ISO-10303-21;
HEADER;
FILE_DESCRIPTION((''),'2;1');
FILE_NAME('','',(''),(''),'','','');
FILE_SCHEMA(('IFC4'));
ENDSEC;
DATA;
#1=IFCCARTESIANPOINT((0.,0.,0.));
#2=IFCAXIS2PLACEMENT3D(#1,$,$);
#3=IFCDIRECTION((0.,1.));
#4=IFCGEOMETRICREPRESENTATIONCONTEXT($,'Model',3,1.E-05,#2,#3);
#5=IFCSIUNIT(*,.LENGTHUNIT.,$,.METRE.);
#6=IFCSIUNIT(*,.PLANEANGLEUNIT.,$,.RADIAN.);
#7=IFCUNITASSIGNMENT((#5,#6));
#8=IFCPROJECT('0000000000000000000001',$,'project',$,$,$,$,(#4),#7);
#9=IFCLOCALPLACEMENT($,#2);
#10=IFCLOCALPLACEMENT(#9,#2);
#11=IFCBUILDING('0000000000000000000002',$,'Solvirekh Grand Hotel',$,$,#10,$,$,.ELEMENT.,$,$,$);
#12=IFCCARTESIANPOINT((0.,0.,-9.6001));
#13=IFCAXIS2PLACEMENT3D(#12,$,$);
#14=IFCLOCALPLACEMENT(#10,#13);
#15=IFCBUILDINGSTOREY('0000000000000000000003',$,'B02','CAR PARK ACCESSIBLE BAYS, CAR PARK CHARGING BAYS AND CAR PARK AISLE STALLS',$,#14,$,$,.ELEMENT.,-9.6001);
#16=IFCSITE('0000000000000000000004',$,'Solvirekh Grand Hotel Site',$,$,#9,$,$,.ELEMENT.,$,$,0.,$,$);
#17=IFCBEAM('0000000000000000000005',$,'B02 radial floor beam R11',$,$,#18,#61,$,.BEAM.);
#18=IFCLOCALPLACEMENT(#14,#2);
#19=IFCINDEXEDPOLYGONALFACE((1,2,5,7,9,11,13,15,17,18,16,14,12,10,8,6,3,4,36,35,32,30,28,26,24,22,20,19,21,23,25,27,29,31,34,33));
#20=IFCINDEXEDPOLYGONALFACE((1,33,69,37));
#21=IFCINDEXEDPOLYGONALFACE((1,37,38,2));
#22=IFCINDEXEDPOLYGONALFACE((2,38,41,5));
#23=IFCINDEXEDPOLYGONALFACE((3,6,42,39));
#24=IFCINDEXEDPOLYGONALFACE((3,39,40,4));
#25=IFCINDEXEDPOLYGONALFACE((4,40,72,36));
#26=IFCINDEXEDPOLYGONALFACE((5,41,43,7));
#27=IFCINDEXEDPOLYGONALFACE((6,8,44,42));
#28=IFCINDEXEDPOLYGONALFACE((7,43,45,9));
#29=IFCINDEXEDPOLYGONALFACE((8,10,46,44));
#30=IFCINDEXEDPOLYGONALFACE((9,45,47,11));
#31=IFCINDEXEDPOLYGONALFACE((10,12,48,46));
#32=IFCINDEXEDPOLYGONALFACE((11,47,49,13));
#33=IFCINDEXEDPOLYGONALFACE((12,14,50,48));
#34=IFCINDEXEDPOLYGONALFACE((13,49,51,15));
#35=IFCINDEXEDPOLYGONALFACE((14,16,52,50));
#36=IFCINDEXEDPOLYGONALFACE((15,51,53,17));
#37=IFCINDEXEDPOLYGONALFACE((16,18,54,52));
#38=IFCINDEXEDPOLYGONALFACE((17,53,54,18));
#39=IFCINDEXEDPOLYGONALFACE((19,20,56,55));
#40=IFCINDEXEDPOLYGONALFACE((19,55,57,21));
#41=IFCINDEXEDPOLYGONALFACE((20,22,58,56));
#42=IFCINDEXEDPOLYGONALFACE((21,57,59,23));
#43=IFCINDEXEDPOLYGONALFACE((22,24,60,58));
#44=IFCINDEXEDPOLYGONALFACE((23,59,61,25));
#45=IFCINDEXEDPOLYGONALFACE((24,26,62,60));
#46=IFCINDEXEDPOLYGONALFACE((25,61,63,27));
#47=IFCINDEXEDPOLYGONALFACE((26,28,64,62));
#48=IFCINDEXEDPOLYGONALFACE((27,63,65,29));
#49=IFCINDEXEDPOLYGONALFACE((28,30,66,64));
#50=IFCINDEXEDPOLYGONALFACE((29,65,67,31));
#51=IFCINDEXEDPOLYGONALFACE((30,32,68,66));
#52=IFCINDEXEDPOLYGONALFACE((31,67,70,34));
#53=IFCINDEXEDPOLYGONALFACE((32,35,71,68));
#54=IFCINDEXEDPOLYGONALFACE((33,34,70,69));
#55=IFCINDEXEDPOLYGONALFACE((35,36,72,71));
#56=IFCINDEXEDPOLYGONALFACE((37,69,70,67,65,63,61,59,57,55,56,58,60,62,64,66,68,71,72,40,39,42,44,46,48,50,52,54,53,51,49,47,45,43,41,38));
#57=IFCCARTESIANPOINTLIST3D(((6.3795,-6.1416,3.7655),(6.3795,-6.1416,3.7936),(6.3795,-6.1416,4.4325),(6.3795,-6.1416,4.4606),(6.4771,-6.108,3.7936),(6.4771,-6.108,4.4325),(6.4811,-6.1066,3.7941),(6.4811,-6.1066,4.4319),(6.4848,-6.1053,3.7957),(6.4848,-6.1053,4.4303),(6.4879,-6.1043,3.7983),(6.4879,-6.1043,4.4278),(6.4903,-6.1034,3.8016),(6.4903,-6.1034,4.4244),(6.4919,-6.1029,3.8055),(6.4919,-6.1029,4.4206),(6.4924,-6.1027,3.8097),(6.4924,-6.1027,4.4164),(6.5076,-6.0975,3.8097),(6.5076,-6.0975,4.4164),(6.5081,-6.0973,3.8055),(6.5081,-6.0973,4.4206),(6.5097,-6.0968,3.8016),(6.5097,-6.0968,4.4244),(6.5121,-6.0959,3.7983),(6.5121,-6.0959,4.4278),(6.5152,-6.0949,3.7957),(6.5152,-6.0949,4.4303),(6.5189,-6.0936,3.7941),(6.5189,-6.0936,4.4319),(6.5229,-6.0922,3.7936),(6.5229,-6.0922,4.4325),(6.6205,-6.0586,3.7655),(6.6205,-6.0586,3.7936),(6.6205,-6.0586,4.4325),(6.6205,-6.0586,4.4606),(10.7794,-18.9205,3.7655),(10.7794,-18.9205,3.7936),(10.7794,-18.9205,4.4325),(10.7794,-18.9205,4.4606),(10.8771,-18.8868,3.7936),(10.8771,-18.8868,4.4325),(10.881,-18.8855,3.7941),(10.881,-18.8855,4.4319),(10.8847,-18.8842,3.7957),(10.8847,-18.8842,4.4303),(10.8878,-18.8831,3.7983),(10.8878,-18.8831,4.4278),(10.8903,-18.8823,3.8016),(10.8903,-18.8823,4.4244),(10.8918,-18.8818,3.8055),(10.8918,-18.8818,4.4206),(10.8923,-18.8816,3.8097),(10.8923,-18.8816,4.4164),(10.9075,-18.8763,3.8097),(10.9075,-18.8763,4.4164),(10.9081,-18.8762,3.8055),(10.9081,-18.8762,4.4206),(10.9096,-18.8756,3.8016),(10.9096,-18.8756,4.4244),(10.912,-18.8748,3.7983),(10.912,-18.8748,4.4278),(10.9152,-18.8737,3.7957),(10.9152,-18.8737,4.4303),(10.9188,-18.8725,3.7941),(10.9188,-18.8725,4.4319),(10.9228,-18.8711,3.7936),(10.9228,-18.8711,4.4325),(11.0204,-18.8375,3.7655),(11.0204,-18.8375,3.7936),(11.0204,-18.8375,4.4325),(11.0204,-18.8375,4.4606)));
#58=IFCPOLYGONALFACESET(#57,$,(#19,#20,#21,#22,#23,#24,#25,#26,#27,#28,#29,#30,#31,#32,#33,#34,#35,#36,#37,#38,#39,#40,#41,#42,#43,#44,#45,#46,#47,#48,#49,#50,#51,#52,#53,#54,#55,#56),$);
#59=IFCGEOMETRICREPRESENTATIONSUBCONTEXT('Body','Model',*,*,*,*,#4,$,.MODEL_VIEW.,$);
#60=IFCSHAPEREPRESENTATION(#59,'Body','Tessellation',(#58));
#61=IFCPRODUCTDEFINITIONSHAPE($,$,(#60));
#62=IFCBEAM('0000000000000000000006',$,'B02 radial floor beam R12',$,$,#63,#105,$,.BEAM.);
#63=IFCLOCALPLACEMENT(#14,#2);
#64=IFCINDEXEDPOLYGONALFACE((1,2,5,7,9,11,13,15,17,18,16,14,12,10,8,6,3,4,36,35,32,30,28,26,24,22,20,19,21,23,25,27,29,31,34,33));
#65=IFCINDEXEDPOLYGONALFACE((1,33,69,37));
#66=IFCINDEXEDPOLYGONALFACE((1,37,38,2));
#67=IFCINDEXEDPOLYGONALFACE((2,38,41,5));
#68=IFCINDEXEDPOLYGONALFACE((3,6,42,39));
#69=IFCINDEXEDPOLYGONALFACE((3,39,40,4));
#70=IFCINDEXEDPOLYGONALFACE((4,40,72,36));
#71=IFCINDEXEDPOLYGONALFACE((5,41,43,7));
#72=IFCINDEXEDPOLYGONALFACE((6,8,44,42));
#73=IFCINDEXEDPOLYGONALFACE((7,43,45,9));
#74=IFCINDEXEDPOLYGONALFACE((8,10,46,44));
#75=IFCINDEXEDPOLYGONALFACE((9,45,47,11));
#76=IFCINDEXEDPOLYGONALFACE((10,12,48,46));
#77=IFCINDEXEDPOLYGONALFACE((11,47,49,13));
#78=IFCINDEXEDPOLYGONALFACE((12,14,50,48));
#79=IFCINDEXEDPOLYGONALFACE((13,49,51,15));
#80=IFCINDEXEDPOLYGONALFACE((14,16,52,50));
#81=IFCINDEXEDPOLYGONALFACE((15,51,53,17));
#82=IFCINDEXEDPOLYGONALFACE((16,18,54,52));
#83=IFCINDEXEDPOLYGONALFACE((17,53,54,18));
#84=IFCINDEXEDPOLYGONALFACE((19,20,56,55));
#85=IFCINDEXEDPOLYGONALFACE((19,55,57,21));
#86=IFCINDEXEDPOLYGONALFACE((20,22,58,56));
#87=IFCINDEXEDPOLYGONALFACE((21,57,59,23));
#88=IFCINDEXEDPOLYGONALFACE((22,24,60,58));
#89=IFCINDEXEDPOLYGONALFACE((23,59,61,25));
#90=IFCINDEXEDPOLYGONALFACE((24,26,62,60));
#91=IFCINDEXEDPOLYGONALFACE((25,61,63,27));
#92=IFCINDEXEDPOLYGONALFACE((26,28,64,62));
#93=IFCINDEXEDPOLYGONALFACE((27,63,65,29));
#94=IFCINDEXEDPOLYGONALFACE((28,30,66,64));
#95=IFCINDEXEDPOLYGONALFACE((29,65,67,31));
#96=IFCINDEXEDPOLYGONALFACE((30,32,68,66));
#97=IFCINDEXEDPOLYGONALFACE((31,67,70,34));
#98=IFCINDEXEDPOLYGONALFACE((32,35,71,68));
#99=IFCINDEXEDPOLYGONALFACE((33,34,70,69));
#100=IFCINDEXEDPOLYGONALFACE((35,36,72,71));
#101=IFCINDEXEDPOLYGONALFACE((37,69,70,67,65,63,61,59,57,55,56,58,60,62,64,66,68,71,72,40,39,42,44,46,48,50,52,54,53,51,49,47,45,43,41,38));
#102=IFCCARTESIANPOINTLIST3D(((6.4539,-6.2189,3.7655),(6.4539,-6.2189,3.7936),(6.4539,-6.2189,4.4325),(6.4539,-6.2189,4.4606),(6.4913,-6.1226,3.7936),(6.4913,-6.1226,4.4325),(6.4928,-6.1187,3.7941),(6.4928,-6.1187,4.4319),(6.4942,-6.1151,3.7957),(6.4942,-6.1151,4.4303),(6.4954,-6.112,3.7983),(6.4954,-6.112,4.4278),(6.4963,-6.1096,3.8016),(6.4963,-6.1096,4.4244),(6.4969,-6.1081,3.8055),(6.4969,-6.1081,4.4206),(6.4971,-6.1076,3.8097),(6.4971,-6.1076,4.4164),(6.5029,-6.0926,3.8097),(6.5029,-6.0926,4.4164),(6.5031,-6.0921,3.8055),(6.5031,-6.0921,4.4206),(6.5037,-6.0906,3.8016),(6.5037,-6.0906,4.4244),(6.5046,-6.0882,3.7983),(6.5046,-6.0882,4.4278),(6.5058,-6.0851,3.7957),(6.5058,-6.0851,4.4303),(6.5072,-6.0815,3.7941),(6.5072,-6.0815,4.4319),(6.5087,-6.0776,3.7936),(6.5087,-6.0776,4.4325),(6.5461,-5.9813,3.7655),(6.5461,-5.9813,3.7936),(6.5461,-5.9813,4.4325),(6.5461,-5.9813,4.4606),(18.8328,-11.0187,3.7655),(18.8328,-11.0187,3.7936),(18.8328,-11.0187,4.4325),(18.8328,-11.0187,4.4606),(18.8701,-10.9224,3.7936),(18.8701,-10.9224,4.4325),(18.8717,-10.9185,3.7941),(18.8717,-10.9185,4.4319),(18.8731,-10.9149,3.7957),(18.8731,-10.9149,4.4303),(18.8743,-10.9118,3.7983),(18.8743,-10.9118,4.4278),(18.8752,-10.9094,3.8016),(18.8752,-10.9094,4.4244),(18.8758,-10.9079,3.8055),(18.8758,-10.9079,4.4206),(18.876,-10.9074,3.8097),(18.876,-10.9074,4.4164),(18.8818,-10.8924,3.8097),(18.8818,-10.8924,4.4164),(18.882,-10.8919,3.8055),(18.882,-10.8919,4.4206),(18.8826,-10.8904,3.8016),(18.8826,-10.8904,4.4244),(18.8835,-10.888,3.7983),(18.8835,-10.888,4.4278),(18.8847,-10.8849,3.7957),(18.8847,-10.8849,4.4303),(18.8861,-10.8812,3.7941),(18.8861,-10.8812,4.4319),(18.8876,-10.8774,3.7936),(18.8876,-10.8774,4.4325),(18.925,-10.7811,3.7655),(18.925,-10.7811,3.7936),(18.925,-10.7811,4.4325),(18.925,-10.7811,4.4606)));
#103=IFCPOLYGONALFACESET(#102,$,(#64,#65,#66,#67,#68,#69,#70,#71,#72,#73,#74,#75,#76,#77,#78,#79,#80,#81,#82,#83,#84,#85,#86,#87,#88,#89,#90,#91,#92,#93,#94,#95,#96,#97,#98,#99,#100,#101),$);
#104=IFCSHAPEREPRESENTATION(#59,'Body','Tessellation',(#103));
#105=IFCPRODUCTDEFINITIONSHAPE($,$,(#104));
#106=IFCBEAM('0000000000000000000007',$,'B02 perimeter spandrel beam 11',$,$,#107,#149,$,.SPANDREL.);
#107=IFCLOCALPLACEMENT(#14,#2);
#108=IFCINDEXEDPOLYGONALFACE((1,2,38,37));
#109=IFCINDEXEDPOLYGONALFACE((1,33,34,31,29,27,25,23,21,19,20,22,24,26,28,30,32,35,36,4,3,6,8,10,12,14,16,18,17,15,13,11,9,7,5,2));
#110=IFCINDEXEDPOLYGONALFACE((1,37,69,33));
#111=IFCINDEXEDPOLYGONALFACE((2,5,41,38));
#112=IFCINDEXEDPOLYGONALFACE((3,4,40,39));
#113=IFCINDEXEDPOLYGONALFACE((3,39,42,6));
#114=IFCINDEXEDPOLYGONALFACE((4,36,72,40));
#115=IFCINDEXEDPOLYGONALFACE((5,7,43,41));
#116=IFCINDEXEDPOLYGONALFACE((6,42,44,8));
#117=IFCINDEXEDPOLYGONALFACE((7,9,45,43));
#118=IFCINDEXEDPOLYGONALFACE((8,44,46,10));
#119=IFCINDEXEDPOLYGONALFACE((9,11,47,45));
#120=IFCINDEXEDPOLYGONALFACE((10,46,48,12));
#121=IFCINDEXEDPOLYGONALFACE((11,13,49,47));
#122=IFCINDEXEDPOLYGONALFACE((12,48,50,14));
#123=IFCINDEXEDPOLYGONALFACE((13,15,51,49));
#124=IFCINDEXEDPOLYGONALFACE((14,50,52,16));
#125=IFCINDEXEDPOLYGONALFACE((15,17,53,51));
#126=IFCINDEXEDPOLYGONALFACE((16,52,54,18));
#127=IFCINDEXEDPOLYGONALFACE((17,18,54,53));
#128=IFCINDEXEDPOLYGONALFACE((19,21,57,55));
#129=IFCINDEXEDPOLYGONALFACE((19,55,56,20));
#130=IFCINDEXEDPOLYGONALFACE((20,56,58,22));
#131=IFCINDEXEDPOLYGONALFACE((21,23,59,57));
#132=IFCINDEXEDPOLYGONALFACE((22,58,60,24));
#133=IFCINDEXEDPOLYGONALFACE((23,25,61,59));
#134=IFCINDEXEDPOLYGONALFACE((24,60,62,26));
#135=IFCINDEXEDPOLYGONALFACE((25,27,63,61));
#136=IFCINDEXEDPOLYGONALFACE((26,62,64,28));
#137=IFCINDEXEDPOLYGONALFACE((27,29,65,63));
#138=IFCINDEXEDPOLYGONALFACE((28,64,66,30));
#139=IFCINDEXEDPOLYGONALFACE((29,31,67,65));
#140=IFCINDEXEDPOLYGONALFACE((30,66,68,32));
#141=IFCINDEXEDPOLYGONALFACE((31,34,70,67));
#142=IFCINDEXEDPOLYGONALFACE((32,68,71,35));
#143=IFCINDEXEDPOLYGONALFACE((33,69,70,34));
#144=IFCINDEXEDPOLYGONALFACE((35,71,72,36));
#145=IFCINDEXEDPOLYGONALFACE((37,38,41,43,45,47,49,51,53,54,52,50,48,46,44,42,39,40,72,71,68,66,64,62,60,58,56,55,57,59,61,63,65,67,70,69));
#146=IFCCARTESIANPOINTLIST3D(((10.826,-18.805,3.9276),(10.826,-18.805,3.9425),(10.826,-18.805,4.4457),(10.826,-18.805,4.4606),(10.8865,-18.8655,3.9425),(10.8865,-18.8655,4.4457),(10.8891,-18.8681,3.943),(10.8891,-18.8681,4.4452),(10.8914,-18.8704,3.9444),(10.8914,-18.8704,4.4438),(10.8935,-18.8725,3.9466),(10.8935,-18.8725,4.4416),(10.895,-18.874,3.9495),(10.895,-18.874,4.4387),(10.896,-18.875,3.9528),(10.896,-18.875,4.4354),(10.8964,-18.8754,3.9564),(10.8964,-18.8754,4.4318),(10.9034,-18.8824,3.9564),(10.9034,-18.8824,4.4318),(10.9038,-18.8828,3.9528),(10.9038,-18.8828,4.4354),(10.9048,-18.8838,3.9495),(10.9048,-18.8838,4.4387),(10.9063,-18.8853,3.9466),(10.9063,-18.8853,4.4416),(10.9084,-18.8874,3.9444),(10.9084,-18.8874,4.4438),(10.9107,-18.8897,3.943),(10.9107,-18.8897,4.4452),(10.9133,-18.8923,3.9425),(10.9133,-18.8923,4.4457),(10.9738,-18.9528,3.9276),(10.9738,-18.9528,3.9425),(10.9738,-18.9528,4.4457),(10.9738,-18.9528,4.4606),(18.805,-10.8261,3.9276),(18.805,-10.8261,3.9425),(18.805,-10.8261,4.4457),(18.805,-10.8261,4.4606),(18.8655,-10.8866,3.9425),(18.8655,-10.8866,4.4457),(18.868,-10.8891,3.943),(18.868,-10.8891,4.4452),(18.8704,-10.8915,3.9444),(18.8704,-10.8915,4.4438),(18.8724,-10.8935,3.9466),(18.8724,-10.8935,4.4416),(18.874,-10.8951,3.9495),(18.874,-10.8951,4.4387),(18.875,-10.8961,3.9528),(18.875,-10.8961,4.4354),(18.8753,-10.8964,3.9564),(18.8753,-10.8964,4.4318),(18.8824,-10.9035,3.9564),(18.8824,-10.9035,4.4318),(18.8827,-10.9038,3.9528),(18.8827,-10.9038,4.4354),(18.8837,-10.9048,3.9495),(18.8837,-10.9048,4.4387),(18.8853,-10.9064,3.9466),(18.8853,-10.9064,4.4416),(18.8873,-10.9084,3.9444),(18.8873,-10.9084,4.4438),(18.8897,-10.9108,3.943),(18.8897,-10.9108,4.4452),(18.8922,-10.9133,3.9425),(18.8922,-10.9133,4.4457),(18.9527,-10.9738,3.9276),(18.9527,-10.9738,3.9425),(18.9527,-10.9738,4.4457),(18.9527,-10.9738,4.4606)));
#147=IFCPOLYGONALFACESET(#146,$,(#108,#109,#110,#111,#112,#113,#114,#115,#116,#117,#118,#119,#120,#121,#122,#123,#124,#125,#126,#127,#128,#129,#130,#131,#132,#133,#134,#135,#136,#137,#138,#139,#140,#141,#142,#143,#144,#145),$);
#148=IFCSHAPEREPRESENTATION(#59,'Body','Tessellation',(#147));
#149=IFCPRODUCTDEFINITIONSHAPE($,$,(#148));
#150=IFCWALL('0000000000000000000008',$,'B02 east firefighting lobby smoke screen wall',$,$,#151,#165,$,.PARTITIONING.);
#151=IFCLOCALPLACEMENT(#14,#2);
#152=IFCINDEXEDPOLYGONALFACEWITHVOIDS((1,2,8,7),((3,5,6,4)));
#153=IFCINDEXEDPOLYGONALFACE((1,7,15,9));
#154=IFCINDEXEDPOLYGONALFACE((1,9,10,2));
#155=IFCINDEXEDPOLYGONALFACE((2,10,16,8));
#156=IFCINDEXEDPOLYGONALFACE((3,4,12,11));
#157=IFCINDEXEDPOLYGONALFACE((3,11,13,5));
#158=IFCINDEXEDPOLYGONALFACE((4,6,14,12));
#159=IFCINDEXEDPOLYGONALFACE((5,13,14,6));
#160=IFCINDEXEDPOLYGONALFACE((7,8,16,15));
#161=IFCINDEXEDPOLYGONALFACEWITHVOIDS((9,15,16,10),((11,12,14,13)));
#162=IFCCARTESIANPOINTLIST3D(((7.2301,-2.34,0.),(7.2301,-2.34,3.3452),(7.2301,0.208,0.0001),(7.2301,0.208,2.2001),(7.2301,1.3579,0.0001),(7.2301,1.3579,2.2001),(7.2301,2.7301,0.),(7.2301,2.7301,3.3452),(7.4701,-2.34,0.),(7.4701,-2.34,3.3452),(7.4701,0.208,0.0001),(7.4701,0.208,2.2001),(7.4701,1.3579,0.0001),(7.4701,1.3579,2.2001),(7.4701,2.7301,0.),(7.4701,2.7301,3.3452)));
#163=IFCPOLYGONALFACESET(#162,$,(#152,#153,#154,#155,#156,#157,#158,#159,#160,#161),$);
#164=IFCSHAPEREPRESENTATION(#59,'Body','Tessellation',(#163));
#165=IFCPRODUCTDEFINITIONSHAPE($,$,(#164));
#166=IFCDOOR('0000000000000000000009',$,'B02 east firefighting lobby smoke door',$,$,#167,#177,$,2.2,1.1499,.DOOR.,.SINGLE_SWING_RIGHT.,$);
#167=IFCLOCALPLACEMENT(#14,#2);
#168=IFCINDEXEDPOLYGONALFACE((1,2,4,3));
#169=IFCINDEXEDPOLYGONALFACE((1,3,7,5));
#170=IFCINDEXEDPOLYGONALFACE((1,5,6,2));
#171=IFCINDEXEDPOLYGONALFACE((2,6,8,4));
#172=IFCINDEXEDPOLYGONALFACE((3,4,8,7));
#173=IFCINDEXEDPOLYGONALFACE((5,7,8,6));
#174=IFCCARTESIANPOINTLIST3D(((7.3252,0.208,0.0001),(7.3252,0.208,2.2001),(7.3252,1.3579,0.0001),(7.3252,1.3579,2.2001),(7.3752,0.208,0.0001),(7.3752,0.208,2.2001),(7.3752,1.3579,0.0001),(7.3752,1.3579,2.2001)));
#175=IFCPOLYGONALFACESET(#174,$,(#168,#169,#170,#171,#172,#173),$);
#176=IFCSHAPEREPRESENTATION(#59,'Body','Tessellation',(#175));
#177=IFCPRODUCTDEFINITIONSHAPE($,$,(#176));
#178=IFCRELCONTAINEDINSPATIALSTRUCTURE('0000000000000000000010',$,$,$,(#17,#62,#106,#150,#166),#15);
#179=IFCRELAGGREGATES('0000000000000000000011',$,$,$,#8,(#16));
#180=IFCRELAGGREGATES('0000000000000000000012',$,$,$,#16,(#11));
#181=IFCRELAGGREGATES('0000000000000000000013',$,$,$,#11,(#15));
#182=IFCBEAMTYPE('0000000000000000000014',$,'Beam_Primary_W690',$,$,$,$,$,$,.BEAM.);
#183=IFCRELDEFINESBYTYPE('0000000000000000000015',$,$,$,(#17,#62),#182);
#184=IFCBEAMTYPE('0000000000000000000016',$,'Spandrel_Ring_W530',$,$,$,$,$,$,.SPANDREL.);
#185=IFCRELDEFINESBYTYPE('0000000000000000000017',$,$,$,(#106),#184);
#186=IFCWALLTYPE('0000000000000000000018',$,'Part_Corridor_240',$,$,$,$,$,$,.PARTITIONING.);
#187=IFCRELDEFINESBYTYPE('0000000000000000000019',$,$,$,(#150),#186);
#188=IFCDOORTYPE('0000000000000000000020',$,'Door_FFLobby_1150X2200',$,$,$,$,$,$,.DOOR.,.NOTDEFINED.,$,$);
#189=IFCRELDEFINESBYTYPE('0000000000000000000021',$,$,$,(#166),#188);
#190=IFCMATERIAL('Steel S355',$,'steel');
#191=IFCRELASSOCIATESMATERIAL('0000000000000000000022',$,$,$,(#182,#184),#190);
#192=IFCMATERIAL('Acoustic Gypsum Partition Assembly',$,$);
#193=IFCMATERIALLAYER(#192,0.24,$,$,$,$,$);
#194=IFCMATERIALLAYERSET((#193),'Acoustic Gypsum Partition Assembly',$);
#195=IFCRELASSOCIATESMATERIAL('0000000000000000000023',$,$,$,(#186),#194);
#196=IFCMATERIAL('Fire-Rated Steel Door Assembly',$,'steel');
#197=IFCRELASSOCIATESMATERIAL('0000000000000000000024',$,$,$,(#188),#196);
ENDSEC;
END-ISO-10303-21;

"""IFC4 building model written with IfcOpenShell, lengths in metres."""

from ifc_helpers import new_model, si_unit, direction, frame, frame_2d, origin, origin_2d, place, context, subcontext, project, spatial, rectangle, i_section, extrude, material, layer, layer_set, material_profile, profile_set, type_object, element, fill, save


model = new_model("IFC4")

# Units and contexts
model_context = context("Model", 3, precision=1e-05, world=origin(), true_north=direction((0.0, 1.0)))
body_context = subcontext(model_context, "Body", "Model", "MODEL_VIEW")
ifc_project = project(units=[si_unit("LENGTHUNIT", "METRE"), si_unit("PLANEANGLEUNIT", "RADIAN")], contexts=[model_context])

# Site, building, storey
site_placement = place(None, origin())
site = spatial("IfcSite", under=ifc_project, at=site_placement, Name="Solvirekh Grand Hotel Site", CompositionType="ELEMENT", RefElevation=0.0)
building_placement = place(site_placement, origin())
building = spatial("IfcBuilding", under=site, at=building_placement, Name="Solvirekh Grand Hotel", CompositionType="ELEMENT")
storey_placement = place(building_placement, frame((0.0, 0.0, -9.6001)))
storey = spatial("IfcBuildingStorey", under=building, at=storey_placement, Name="B02", Description="CAR PARK ACCESSIBLE BAYS, CAR PARK CHARGING BAYS AND CAR PARK AISLE STALLS", CompositionType="ELEMENT", Elevation=-9.6001)

# Beams
ifc_material_1 = material(Name="Steel S355", Category="steel")
ifc_material_profile_1 = material_profile(ifc_material_1, i_section(OverallWidth=0.2549, OverallDepth=0.6951, WebThickness=0.0161, FlangeThickness=0.0281, FilletRadius=0.0161, at=origin_2d()), Name="W690X217")
ifc_profile_set_1 = profile_set([ifc_material_profile_1], Name="Steel S355")
beam_type_1 = type_object("IfcBeamType", Name="Beam_Primary_W690", PredefinedType="BEAM", material=ifc_profile_set_1)
beam_1_placement = place(storey_placement, frame((6.5, -6.1001, 4.113), z_axis=(0.325555, -0.945523, 0.0), x_axis=(0.945523, 0.325555, 0.0)))
element("IfcBeam", 1, at=beam_1_placement, inside=storey, type_object=beam_type_1, Name="B02 radial floor beam R11", PredefinedType="BEAM", context=body_context, shape_type="SweptSolid", body=[
    extrude(i_section(OverallWidth=0.2549, OverallDepth=0.6951, WebThickness=0.0161, FlangeThickness=0.0281, FilletRadius=0.0161, at=origin_2d()), origin(), (0.0, 0.0, 1.0), 13.5151),
])
beam_2_placement = place(storey_placement, frame((6.5, -6.1001, 4.113), z_axis=(0.932366, -0.361516, 0.0), x_axis=(0.361516, 0.932366, 0.0)))
element("IfcBeam", 2, at=beam_2_placement, inside=storey, type_object=beam_type_1, Name="B02 radial floor beam R12", PredefinedType="BEAM", context=body_context, shape_type="SweptSolid", body=[
    extrude(i_section(OverallWidth=0.2549, OverallDepth=0.6951, WebThickness=0.0161, FlangeThickness=0.0281, FilletRadius=0.0161, at=origin_2d()), origin(), (0.0, 0.0, 1.0), 13.2769),
])
ifc_material_profile_2 = material_profile(ifc_material_1, i_section(OverallWidth=0.209, OverallDepth=0.533, WebThickness=0.01, FlangeThickness=0.0149, FilletRadius=0.0139, at=origin_2d()), Name="W530X92")
ifc_profile_set_2 = profile_set([ifc_material_profile_2], Name="Steel S355")
beam_type_2 = type_object("IfcBeamType", Name="Spandrel_Ring_W530", PredefinedType="SPANDREL", material=ifc_profile_set_2)
beam_3_placement = place(storey_placement, frame((10.8999, -18.8789, 4.1941), z_axis=(0.707107, 0.707107, 0.0), x_axis=(-0.707107, 0.707107, 0.0)))
element("IfcBeam", 3, at=beam_3_placement, inside=storey, type_object=beam_type_2, Name="B02 perimeter spandrel beam 11", PredefinedType="SPANDREL", context=body_context, shape_type="SweptSolid", body=[
    extrude(i_section(OverallWidth=0.209, OverallDepth=0.533, WebThickness=0.01, FlangeThickness=0.0149, FilletRadius=0.0139, at=origin_2d()), origin(), (0.0, 0.0, 1.0), 11.2839),
])

# Wall, opening, door
ifc_material_2 = material(Name="Acoustic Gypsum Partition Assembly")
ifc_layer_1 = layer(ifc_material_2, 0.24)
ifc_layer_set_1 = layer_set([ifc_layer_1], Name="Acoustic Gypsum Partition Assembly")
wall_type_1 = type_object("IfcWallType", Name="Part_Corridor_240", PredefinedType="PARTITIONING", material=ifc_layer_set_1)
wall_1_placement = place(storey_placement, frame((7.3501, -2.3401, 0.0), z_axis=(0.0, 0.0, 1.0), x_axis=(0.0, 1.0, 0.0)))
wall_1 = element("IfcWall", 4, at=wall_1_placement, inside=storey, type_object=wall_type_1, Name="B02 east firefighting lobby smoke screen wall", PredefinedType="PARTITIONING", context=body_context, shape_type="SweptSolid", body=[
    extrude(rectangle(XDim=5.0701, YDim=0.24, at=frame_2d((2.5352, 0.0))), origin(), (0.0, 0.0, 1.0), 3.3452),
])
opening_1_placement = place(wall_1_placement, frame((2.5481, 0.0, 0.0)))
opening_1 = element("IfcOpeningElement", 5, at=opening_1_placement, cuts=wall_1, PredefinedType="OPENING", context=body_context, shape_type="SweptSolid", body=[
    extrude(rectangle(XDim=1.1499, YDim=2.2, at=frame_2d((0.575, 1.1001))), frame((0.0, 0.1299, 0.0), z_axis=(0.0, -1.0, 0.0), x_axis=(1.0, 0.0, 0.0)), (0.0, 0.0, 1.0), 0.26),
])
ifc_material_3 = material(Name="Fire-Rated Steel Door Assembly", Category="steel")
door_type_1 = type_object("IfcDoorType", Name="Door_FFLobby_1150X2200", OperationType="NOTDEFINED", PredefinedType="DOOR", material=ifc_material_3)
door_1_placement = place(opening_1_placement, origin())
door_1 = element("IfcDoor", 6, at=door_1_placement, inside=storey, type_object=door_type_1, Name="B02 east firefighting lobby smoke door", OperationType="SINGLE_SWING_RIGHT", OverallHeight=2.2, OverallWidth=1.1499, PredefinedType="DOOR", context=body_context, shape_type="SweptSolid", body=[
    extrude(rectangle(XDim=1.1499, YDim=2.2, at=frame_2d((0.575, 1.1001))), frame((0.0, 0.0249, 0.0), z_axis=(0.0, -1.0, 0.0), x_axis=(1.0, 0.0, 0.0)), (0.0, 0.0, 1.0), 0.05),
])
fill(opening_1, door_1)

save(model, "model.ifc")
